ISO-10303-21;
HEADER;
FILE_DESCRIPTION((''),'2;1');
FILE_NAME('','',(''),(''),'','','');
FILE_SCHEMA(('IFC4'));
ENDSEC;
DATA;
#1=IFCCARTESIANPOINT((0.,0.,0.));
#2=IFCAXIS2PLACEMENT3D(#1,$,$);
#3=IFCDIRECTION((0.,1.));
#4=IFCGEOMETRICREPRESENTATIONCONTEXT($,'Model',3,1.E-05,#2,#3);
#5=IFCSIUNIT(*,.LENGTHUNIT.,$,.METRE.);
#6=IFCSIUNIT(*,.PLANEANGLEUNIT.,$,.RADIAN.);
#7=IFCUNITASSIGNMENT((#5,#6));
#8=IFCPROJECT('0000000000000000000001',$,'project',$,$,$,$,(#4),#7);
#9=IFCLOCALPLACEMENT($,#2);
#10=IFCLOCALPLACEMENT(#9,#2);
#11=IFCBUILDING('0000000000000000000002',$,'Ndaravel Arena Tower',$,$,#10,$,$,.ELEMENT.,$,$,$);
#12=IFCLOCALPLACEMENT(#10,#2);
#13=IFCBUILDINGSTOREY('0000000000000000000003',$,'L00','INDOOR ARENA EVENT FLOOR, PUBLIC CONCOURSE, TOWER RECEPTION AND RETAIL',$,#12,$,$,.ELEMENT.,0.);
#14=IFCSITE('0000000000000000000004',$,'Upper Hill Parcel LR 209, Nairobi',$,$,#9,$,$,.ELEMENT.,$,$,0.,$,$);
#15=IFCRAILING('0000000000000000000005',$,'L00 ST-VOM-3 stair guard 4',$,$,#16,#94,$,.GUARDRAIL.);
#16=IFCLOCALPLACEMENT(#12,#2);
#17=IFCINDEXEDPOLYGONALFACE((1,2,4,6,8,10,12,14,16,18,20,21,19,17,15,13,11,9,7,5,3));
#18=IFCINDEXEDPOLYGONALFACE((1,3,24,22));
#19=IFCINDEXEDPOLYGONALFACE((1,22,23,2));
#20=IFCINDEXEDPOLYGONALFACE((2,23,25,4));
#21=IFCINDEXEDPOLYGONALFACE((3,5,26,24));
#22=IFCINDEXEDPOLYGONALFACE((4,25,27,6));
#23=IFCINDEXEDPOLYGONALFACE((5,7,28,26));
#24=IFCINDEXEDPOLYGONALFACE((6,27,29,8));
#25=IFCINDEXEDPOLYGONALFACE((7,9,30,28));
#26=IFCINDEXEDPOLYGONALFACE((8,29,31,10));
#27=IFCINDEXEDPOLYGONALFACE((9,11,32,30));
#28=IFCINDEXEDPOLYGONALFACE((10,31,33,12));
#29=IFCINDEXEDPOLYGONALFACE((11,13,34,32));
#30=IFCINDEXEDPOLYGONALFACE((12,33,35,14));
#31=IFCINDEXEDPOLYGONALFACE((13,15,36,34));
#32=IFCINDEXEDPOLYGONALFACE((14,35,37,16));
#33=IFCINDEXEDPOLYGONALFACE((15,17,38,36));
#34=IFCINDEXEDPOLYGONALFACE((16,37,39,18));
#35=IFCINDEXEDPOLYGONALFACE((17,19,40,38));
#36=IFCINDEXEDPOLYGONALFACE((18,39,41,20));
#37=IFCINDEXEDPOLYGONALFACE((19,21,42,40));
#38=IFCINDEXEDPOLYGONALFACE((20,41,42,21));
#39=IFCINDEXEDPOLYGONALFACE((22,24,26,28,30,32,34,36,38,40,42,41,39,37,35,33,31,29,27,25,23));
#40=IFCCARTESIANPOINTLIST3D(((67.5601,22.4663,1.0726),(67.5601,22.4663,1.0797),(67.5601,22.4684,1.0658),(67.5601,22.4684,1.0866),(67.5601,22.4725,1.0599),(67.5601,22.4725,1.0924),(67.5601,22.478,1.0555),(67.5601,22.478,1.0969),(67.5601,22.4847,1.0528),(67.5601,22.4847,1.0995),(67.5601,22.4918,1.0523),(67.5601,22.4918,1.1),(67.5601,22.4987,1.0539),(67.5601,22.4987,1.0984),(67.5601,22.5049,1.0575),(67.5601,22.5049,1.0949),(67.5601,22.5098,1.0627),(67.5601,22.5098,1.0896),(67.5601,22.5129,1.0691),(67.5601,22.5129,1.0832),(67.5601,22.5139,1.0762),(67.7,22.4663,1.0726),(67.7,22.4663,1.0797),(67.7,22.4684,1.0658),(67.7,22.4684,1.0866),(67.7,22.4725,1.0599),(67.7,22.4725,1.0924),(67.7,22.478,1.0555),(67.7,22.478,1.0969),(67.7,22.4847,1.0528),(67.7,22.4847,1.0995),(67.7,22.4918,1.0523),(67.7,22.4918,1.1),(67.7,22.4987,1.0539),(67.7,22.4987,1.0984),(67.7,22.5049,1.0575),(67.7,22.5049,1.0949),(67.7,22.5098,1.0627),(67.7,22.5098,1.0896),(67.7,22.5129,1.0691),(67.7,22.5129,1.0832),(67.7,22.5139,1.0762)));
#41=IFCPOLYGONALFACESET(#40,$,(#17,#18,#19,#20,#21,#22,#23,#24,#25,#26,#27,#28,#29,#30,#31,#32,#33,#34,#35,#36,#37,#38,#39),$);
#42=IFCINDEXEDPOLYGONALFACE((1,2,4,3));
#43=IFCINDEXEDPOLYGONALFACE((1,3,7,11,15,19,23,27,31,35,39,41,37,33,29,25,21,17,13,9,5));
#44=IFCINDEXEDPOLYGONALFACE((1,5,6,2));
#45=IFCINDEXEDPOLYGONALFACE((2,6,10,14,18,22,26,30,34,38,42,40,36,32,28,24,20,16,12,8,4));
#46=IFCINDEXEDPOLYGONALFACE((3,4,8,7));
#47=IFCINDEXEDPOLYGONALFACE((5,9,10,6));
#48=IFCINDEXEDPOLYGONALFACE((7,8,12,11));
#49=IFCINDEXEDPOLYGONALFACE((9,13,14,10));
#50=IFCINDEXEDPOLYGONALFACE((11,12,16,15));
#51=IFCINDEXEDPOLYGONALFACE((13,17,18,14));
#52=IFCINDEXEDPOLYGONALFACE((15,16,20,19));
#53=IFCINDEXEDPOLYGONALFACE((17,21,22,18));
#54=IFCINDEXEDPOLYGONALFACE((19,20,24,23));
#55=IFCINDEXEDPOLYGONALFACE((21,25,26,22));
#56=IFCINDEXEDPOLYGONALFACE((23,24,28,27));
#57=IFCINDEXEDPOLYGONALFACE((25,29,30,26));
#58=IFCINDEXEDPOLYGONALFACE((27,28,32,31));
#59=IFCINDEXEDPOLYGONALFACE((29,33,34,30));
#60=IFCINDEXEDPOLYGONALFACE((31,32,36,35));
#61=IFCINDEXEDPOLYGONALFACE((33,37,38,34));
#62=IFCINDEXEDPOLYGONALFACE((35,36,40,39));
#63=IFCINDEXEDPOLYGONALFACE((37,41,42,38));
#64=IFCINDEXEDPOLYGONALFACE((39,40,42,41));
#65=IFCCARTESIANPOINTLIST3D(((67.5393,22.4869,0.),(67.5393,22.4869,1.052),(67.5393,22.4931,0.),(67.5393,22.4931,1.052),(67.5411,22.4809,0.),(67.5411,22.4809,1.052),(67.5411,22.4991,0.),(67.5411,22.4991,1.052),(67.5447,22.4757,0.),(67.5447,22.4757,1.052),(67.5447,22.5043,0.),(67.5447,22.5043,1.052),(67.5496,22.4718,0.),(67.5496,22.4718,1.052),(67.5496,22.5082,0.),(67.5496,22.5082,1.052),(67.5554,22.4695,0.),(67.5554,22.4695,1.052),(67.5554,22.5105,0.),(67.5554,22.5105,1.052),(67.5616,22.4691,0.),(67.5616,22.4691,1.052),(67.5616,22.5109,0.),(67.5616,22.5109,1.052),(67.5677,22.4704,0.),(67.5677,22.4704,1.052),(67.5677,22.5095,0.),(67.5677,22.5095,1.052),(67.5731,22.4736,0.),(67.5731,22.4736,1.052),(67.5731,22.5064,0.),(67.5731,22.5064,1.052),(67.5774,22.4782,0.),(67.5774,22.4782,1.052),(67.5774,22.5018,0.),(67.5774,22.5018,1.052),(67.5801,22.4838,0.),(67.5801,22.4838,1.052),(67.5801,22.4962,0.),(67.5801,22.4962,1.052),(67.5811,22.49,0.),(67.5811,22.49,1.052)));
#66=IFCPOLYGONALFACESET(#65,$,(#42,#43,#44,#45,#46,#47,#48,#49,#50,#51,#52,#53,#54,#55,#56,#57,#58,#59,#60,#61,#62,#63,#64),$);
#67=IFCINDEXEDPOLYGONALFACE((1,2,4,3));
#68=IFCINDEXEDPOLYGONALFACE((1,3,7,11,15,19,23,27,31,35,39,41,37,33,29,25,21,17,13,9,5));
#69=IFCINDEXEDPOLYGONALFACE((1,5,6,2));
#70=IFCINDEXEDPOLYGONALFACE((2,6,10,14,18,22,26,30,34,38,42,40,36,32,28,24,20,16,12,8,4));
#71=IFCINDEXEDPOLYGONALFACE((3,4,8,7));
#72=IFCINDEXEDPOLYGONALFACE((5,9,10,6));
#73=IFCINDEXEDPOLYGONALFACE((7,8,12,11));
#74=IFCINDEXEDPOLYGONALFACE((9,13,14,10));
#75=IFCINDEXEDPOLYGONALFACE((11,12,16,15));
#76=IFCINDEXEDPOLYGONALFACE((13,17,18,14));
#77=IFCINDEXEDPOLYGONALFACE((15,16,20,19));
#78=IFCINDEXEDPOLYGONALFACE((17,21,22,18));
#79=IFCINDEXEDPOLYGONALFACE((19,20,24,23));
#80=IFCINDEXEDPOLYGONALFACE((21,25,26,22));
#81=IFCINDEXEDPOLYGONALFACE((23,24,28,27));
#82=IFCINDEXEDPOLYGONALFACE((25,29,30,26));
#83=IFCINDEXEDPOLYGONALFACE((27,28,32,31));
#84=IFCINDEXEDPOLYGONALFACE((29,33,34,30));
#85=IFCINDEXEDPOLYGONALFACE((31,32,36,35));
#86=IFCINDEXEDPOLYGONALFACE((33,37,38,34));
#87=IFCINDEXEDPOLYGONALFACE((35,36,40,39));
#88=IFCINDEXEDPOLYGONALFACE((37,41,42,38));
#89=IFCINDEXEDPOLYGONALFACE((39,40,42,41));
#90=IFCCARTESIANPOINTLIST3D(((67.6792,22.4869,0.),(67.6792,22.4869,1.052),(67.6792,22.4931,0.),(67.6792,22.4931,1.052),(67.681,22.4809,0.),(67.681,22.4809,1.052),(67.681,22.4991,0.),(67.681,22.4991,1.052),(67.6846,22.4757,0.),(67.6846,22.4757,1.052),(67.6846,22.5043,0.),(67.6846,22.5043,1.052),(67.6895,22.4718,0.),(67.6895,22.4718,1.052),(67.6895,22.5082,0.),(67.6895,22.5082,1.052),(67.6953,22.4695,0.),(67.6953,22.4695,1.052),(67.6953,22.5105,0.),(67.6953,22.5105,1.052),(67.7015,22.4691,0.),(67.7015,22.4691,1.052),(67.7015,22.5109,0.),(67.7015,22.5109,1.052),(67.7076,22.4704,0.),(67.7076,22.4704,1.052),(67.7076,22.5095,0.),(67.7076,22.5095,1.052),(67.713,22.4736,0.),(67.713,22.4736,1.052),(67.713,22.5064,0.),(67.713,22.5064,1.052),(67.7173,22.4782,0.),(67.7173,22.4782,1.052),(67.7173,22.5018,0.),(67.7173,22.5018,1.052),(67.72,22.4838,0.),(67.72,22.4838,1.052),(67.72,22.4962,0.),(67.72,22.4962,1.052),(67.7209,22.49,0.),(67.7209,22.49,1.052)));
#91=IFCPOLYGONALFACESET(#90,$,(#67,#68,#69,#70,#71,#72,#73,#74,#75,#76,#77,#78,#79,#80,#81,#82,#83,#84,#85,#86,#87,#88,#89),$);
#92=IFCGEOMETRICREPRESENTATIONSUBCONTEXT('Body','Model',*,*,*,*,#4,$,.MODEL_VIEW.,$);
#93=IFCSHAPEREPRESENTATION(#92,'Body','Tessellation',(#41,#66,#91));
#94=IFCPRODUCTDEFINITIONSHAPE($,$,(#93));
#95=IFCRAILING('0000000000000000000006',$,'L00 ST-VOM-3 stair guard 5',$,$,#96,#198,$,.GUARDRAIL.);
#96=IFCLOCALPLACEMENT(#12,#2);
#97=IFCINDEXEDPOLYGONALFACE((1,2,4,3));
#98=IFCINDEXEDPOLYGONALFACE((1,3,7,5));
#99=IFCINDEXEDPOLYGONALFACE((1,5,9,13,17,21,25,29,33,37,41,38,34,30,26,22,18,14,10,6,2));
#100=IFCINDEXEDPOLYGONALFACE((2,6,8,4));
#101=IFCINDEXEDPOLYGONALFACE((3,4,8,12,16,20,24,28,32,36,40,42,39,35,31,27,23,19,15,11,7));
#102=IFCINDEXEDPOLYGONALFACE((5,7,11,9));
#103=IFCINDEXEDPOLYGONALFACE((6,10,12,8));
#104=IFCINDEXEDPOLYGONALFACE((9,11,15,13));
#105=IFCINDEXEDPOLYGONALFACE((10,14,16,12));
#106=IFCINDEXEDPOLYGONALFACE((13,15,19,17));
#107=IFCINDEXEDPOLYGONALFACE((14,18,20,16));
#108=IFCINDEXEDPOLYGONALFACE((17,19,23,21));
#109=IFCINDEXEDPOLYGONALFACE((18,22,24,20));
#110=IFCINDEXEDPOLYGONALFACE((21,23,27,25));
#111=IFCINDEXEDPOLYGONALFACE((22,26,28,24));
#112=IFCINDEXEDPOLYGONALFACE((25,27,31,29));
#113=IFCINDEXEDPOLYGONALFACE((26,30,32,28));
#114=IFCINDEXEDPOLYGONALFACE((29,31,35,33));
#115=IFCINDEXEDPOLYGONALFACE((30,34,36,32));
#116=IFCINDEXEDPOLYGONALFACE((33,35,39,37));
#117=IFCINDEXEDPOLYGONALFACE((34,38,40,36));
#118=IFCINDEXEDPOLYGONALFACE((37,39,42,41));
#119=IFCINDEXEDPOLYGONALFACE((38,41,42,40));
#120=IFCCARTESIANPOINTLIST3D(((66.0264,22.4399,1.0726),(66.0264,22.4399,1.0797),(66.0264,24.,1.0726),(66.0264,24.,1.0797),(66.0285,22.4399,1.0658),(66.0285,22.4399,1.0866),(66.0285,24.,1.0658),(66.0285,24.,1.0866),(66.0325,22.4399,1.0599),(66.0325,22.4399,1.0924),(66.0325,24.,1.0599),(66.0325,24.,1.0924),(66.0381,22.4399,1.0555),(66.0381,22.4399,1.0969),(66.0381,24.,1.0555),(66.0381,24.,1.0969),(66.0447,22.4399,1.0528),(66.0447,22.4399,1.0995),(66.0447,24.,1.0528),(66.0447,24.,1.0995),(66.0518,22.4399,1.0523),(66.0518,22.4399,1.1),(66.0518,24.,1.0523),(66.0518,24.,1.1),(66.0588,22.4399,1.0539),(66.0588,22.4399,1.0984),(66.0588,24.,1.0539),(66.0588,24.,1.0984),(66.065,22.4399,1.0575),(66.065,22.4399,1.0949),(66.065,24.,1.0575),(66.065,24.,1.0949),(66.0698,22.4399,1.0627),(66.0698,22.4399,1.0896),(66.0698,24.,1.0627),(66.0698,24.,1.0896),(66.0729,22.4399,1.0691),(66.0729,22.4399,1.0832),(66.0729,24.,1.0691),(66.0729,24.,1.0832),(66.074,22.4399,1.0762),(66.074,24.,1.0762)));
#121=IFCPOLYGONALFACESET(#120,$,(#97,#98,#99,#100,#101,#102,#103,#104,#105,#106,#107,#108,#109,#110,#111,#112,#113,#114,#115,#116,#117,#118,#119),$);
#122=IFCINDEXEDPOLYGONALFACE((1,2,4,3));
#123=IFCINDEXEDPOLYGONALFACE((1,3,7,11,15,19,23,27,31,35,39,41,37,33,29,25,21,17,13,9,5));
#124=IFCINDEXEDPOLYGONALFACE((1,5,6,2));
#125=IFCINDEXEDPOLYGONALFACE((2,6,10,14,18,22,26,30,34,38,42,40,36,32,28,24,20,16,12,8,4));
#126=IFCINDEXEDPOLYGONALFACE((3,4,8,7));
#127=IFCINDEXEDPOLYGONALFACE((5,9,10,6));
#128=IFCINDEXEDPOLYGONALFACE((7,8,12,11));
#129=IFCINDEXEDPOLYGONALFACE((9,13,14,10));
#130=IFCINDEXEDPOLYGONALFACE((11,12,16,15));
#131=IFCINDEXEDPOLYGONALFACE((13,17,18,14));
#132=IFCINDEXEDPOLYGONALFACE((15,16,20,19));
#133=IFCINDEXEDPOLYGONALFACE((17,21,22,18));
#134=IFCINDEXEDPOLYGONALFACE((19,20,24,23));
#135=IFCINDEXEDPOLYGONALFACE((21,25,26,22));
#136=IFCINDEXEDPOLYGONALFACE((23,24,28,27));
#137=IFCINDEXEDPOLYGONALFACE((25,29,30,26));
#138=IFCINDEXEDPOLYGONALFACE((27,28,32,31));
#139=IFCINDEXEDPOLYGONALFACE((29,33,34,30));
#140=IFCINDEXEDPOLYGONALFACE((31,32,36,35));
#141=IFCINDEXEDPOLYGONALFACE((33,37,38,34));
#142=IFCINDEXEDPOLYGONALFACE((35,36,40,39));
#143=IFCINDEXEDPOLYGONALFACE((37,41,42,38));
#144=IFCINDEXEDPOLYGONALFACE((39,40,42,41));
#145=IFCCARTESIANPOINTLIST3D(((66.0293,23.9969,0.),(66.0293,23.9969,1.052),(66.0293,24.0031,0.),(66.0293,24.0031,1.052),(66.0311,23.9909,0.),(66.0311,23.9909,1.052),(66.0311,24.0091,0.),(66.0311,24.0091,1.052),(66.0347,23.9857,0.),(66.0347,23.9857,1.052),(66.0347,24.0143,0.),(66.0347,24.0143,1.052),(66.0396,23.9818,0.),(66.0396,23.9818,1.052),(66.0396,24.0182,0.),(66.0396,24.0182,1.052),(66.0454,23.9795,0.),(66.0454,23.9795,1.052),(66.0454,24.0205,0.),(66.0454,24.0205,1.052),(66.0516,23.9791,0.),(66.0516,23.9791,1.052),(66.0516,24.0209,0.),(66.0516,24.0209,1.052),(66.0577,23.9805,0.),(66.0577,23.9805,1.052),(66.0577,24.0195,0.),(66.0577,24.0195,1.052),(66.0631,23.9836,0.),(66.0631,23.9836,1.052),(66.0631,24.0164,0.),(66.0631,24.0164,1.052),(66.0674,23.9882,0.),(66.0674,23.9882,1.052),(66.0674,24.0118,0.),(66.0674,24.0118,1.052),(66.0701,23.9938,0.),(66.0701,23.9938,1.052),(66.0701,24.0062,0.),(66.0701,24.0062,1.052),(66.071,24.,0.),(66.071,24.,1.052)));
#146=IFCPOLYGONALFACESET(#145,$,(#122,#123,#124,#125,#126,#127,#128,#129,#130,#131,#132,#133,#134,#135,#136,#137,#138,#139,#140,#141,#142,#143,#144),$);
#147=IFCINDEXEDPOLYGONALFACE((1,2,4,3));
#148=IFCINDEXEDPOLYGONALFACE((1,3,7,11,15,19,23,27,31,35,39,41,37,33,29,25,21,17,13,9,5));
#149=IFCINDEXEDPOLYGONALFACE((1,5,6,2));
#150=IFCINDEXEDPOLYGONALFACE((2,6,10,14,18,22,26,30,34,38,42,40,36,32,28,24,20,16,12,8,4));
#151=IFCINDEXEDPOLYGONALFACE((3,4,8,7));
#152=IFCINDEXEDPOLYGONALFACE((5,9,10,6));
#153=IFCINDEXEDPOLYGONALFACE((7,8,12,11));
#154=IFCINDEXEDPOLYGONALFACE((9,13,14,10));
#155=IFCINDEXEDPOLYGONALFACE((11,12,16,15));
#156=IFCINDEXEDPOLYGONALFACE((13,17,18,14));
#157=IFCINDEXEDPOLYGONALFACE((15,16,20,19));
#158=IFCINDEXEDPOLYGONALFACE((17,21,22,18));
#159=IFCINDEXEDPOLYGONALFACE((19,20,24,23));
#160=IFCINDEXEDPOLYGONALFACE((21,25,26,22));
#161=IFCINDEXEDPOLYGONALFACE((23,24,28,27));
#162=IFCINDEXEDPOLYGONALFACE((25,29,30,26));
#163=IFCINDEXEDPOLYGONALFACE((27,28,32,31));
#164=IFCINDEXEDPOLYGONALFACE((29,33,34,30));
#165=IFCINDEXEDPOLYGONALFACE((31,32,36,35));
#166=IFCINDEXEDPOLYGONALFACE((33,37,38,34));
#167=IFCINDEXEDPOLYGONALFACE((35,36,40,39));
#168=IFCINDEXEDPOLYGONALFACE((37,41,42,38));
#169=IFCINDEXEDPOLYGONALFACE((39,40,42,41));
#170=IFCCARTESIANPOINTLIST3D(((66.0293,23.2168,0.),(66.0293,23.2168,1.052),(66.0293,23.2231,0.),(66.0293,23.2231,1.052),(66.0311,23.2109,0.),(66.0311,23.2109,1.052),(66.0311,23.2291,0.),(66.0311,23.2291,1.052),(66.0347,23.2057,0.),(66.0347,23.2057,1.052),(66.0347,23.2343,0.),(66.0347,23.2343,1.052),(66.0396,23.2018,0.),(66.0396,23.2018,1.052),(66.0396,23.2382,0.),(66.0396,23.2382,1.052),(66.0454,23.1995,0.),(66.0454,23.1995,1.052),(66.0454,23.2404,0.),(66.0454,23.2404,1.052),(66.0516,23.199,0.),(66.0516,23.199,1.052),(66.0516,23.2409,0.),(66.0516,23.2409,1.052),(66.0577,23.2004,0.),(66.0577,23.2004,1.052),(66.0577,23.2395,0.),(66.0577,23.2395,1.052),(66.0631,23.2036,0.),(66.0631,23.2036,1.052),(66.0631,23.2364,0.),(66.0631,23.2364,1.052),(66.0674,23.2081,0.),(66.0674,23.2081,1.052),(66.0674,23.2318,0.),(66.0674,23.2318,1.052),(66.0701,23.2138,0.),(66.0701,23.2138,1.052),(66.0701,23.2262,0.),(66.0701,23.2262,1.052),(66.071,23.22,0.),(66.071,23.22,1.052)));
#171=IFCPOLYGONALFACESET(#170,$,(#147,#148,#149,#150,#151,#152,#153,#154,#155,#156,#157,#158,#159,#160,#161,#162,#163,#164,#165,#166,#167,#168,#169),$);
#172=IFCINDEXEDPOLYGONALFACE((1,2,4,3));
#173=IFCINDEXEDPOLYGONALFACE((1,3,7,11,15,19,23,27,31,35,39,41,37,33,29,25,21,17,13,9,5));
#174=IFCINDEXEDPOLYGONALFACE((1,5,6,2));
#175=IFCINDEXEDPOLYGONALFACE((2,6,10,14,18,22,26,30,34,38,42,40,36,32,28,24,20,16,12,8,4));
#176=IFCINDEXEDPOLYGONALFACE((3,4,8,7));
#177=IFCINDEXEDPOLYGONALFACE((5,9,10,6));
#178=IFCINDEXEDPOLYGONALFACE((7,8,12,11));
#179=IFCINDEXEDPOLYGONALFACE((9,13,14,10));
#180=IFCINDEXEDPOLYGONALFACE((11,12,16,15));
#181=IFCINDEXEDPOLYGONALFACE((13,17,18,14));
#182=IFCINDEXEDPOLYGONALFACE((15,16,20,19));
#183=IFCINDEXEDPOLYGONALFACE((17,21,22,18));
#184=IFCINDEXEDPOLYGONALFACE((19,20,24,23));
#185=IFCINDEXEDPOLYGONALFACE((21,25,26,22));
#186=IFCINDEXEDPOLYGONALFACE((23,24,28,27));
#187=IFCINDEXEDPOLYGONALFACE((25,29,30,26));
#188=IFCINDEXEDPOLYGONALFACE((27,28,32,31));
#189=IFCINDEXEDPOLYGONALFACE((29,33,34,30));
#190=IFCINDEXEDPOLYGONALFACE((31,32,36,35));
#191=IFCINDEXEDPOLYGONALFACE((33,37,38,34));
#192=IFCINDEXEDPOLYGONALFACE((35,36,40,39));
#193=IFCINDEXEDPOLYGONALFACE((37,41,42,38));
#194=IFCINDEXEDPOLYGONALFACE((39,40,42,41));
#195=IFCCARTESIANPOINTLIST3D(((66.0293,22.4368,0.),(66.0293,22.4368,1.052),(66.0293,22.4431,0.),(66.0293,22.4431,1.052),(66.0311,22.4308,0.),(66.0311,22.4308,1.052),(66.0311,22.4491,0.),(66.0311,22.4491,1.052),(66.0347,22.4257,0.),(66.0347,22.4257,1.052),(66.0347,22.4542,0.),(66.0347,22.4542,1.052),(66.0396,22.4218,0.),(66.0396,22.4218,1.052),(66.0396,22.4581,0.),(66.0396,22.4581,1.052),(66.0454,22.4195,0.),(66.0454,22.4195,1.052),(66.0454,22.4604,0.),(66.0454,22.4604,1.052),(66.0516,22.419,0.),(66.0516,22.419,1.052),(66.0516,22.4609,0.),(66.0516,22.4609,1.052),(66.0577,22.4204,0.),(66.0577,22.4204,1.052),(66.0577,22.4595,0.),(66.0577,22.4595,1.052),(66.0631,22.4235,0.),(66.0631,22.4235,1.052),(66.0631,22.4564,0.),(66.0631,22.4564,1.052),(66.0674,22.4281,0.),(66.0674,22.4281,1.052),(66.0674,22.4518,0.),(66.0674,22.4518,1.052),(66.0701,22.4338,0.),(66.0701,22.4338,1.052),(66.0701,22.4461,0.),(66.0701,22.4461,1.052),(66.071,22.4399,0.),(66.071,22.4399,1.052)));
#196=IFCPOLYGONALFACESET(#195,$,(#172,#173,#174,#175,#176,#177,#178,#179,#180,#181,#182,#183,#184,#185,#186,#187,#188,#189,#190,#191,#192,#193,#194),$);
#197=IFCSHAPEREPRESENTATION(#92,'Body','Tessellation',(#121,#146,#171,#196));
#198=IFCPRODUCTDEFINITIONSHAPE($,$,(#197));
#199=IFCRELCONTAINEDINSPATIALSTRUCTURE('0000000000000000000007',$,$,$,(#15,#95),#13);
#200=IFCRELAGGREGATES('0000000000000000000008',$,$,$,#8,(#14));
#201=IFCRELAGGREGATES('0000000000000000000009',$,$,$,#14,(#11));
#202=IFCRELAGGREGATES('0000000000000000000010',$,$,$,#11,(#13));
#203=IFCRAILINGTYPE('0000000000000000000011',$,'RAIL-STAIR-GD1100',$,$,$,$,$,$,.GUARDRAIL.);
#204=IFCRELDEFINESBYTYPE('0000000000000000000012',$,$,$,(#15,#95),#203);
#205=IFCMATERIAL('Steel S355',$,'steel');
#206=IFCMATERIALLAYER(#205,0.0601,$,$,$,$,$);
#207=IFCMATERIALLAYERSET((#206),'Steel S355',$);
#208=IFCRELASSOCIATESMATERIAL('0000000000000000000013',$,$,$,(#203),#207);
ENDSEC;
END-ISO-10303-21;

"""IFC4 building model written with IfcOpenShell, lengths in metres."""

from ifc_helpers import new_model, si_unit, direction, frame, origin, origin_2d, place, context, subcontext, project, spatial, circle, extrude, material, layer, layer_set, type_object, element, save


model = new_model("IFC4")

# Units and contexts
model_context = context("Model", 3, precision=1e-05, world=origin(), true_north=direction((0.0, 1.0)))
body_context = subcontext(model_context, "Body", "Model", "MODEL_VIEW")
ifc_project = project(units=[si_unit("LENGTHUNIT", "METRE"), si_unit("PLANEANGLEUNIT", "RADIAN")], contexts=[model_context])

# Site, building, storey
site_placement = place(None, origin())
site = spatial("IfcSite", under=ifc_project, at=site_placement, Name="Upper Hill Parcel LR 209, Nairobi", CompositionType="ELEMENT", RefElevation=0.0)
building_placement = place(site_placement, origin())
building = spatial("IfcBuilding", under=site, at=building_placement, Name="Ndaravel Arena Tower", CompositionType="ELEMENT")
storey_placement = place(building_placement, origin())
storey = spatial("IfcBuildingStorey", under=building, at=storey_placement, Name="L00", Description="INDOOR ARENA EVENT FLOOR, PUBLIC CONCOURSE, TOWER RECEPTION AND RETAIL", CompositionType="ELEMENT", Elevation=0.0)

# Railings
ifc_material_1 = material(Name="Steel S355", Category="steel")
ifc_layer_1 = layer(ifc_material_1, 0.0601)
ifc_layer_set_1 = layer_set([ifc_layer_1], Name="Steel S355")
railing_type_1 = type_object("IfcRailingType", Name="RAIL-STAIR-GD1100", PredefinedType="GUARDRAIL", material=ifc_layer_set_1)
railing_1_placement = place(storey_placement, frame((67.5601, 22.49, 0.0)))
element("IfcRailing", 1, at=railing_1_placement, inside=storey, type_object=railing_type_1, Name="L00 ST-VOM-3 stair guard 4", PredefinedType="GUARDRAIL", context=body_context, shape_type="SweptSolid", body=[
    extrude(circle(Radius=0.0239, at=origin_2d()), frame((0.0, 0.0, 1.0762), z_axis=(1.0, 0.0, 0.0), x_axis=(0.0, 1.0, 0.0)), (0.0, 0.0, 1.0), 0.1399),
    extrude(circle(Radius=0.021, at=origin_2d()), origin(), (0.0, 0.0, 1.0), 1.052),
    extrude(circle(Radius=0.021, at=origin_2d()), frame((0.1399, 0.0, 0.0)), (0.0, 0.0, 1.0), 1.052),
])
for number, where, name in (
    (2, (66.05, 24.0, 0.0), "L00 ST-VOM-3 stair guard 5"),
):
    element("IfcRailing", number, at=place(storey_placement, frame(where)), inside=storey, type_object=railing_type_1, Name=name, PredefinedType="GUARDRAIL", context=body_context, shape_type="SweptSolid", body=[
        extrude(circle(Radius=0.0239, at=origin_2d()), frame((0.0, 0.0, 1.0762), z_axis=(0.0, -1.0, 0.0), x_axis=(1.0, 0.0, 0.0)), (0.0, 0.0, 1.0), 1.5601),
        extrude(circle(Radius=0.021, at=origin_2d()), origin(), (0.0, 0.0, 1.0), 1.052),
        extrude(circle(Radius=0.021, at=origin_2d()), frame((0.0, -0.78, 0.0)), (0.0, 0.0, 1.0), 1.052),
        extrude(circle(Radius=0.021, at=origin_2d()), frame((0.0, -1.5601, 0.0)), (0.0, 0.0, 1.0), 1.052),
    ])

save(model, "model.ifc")
